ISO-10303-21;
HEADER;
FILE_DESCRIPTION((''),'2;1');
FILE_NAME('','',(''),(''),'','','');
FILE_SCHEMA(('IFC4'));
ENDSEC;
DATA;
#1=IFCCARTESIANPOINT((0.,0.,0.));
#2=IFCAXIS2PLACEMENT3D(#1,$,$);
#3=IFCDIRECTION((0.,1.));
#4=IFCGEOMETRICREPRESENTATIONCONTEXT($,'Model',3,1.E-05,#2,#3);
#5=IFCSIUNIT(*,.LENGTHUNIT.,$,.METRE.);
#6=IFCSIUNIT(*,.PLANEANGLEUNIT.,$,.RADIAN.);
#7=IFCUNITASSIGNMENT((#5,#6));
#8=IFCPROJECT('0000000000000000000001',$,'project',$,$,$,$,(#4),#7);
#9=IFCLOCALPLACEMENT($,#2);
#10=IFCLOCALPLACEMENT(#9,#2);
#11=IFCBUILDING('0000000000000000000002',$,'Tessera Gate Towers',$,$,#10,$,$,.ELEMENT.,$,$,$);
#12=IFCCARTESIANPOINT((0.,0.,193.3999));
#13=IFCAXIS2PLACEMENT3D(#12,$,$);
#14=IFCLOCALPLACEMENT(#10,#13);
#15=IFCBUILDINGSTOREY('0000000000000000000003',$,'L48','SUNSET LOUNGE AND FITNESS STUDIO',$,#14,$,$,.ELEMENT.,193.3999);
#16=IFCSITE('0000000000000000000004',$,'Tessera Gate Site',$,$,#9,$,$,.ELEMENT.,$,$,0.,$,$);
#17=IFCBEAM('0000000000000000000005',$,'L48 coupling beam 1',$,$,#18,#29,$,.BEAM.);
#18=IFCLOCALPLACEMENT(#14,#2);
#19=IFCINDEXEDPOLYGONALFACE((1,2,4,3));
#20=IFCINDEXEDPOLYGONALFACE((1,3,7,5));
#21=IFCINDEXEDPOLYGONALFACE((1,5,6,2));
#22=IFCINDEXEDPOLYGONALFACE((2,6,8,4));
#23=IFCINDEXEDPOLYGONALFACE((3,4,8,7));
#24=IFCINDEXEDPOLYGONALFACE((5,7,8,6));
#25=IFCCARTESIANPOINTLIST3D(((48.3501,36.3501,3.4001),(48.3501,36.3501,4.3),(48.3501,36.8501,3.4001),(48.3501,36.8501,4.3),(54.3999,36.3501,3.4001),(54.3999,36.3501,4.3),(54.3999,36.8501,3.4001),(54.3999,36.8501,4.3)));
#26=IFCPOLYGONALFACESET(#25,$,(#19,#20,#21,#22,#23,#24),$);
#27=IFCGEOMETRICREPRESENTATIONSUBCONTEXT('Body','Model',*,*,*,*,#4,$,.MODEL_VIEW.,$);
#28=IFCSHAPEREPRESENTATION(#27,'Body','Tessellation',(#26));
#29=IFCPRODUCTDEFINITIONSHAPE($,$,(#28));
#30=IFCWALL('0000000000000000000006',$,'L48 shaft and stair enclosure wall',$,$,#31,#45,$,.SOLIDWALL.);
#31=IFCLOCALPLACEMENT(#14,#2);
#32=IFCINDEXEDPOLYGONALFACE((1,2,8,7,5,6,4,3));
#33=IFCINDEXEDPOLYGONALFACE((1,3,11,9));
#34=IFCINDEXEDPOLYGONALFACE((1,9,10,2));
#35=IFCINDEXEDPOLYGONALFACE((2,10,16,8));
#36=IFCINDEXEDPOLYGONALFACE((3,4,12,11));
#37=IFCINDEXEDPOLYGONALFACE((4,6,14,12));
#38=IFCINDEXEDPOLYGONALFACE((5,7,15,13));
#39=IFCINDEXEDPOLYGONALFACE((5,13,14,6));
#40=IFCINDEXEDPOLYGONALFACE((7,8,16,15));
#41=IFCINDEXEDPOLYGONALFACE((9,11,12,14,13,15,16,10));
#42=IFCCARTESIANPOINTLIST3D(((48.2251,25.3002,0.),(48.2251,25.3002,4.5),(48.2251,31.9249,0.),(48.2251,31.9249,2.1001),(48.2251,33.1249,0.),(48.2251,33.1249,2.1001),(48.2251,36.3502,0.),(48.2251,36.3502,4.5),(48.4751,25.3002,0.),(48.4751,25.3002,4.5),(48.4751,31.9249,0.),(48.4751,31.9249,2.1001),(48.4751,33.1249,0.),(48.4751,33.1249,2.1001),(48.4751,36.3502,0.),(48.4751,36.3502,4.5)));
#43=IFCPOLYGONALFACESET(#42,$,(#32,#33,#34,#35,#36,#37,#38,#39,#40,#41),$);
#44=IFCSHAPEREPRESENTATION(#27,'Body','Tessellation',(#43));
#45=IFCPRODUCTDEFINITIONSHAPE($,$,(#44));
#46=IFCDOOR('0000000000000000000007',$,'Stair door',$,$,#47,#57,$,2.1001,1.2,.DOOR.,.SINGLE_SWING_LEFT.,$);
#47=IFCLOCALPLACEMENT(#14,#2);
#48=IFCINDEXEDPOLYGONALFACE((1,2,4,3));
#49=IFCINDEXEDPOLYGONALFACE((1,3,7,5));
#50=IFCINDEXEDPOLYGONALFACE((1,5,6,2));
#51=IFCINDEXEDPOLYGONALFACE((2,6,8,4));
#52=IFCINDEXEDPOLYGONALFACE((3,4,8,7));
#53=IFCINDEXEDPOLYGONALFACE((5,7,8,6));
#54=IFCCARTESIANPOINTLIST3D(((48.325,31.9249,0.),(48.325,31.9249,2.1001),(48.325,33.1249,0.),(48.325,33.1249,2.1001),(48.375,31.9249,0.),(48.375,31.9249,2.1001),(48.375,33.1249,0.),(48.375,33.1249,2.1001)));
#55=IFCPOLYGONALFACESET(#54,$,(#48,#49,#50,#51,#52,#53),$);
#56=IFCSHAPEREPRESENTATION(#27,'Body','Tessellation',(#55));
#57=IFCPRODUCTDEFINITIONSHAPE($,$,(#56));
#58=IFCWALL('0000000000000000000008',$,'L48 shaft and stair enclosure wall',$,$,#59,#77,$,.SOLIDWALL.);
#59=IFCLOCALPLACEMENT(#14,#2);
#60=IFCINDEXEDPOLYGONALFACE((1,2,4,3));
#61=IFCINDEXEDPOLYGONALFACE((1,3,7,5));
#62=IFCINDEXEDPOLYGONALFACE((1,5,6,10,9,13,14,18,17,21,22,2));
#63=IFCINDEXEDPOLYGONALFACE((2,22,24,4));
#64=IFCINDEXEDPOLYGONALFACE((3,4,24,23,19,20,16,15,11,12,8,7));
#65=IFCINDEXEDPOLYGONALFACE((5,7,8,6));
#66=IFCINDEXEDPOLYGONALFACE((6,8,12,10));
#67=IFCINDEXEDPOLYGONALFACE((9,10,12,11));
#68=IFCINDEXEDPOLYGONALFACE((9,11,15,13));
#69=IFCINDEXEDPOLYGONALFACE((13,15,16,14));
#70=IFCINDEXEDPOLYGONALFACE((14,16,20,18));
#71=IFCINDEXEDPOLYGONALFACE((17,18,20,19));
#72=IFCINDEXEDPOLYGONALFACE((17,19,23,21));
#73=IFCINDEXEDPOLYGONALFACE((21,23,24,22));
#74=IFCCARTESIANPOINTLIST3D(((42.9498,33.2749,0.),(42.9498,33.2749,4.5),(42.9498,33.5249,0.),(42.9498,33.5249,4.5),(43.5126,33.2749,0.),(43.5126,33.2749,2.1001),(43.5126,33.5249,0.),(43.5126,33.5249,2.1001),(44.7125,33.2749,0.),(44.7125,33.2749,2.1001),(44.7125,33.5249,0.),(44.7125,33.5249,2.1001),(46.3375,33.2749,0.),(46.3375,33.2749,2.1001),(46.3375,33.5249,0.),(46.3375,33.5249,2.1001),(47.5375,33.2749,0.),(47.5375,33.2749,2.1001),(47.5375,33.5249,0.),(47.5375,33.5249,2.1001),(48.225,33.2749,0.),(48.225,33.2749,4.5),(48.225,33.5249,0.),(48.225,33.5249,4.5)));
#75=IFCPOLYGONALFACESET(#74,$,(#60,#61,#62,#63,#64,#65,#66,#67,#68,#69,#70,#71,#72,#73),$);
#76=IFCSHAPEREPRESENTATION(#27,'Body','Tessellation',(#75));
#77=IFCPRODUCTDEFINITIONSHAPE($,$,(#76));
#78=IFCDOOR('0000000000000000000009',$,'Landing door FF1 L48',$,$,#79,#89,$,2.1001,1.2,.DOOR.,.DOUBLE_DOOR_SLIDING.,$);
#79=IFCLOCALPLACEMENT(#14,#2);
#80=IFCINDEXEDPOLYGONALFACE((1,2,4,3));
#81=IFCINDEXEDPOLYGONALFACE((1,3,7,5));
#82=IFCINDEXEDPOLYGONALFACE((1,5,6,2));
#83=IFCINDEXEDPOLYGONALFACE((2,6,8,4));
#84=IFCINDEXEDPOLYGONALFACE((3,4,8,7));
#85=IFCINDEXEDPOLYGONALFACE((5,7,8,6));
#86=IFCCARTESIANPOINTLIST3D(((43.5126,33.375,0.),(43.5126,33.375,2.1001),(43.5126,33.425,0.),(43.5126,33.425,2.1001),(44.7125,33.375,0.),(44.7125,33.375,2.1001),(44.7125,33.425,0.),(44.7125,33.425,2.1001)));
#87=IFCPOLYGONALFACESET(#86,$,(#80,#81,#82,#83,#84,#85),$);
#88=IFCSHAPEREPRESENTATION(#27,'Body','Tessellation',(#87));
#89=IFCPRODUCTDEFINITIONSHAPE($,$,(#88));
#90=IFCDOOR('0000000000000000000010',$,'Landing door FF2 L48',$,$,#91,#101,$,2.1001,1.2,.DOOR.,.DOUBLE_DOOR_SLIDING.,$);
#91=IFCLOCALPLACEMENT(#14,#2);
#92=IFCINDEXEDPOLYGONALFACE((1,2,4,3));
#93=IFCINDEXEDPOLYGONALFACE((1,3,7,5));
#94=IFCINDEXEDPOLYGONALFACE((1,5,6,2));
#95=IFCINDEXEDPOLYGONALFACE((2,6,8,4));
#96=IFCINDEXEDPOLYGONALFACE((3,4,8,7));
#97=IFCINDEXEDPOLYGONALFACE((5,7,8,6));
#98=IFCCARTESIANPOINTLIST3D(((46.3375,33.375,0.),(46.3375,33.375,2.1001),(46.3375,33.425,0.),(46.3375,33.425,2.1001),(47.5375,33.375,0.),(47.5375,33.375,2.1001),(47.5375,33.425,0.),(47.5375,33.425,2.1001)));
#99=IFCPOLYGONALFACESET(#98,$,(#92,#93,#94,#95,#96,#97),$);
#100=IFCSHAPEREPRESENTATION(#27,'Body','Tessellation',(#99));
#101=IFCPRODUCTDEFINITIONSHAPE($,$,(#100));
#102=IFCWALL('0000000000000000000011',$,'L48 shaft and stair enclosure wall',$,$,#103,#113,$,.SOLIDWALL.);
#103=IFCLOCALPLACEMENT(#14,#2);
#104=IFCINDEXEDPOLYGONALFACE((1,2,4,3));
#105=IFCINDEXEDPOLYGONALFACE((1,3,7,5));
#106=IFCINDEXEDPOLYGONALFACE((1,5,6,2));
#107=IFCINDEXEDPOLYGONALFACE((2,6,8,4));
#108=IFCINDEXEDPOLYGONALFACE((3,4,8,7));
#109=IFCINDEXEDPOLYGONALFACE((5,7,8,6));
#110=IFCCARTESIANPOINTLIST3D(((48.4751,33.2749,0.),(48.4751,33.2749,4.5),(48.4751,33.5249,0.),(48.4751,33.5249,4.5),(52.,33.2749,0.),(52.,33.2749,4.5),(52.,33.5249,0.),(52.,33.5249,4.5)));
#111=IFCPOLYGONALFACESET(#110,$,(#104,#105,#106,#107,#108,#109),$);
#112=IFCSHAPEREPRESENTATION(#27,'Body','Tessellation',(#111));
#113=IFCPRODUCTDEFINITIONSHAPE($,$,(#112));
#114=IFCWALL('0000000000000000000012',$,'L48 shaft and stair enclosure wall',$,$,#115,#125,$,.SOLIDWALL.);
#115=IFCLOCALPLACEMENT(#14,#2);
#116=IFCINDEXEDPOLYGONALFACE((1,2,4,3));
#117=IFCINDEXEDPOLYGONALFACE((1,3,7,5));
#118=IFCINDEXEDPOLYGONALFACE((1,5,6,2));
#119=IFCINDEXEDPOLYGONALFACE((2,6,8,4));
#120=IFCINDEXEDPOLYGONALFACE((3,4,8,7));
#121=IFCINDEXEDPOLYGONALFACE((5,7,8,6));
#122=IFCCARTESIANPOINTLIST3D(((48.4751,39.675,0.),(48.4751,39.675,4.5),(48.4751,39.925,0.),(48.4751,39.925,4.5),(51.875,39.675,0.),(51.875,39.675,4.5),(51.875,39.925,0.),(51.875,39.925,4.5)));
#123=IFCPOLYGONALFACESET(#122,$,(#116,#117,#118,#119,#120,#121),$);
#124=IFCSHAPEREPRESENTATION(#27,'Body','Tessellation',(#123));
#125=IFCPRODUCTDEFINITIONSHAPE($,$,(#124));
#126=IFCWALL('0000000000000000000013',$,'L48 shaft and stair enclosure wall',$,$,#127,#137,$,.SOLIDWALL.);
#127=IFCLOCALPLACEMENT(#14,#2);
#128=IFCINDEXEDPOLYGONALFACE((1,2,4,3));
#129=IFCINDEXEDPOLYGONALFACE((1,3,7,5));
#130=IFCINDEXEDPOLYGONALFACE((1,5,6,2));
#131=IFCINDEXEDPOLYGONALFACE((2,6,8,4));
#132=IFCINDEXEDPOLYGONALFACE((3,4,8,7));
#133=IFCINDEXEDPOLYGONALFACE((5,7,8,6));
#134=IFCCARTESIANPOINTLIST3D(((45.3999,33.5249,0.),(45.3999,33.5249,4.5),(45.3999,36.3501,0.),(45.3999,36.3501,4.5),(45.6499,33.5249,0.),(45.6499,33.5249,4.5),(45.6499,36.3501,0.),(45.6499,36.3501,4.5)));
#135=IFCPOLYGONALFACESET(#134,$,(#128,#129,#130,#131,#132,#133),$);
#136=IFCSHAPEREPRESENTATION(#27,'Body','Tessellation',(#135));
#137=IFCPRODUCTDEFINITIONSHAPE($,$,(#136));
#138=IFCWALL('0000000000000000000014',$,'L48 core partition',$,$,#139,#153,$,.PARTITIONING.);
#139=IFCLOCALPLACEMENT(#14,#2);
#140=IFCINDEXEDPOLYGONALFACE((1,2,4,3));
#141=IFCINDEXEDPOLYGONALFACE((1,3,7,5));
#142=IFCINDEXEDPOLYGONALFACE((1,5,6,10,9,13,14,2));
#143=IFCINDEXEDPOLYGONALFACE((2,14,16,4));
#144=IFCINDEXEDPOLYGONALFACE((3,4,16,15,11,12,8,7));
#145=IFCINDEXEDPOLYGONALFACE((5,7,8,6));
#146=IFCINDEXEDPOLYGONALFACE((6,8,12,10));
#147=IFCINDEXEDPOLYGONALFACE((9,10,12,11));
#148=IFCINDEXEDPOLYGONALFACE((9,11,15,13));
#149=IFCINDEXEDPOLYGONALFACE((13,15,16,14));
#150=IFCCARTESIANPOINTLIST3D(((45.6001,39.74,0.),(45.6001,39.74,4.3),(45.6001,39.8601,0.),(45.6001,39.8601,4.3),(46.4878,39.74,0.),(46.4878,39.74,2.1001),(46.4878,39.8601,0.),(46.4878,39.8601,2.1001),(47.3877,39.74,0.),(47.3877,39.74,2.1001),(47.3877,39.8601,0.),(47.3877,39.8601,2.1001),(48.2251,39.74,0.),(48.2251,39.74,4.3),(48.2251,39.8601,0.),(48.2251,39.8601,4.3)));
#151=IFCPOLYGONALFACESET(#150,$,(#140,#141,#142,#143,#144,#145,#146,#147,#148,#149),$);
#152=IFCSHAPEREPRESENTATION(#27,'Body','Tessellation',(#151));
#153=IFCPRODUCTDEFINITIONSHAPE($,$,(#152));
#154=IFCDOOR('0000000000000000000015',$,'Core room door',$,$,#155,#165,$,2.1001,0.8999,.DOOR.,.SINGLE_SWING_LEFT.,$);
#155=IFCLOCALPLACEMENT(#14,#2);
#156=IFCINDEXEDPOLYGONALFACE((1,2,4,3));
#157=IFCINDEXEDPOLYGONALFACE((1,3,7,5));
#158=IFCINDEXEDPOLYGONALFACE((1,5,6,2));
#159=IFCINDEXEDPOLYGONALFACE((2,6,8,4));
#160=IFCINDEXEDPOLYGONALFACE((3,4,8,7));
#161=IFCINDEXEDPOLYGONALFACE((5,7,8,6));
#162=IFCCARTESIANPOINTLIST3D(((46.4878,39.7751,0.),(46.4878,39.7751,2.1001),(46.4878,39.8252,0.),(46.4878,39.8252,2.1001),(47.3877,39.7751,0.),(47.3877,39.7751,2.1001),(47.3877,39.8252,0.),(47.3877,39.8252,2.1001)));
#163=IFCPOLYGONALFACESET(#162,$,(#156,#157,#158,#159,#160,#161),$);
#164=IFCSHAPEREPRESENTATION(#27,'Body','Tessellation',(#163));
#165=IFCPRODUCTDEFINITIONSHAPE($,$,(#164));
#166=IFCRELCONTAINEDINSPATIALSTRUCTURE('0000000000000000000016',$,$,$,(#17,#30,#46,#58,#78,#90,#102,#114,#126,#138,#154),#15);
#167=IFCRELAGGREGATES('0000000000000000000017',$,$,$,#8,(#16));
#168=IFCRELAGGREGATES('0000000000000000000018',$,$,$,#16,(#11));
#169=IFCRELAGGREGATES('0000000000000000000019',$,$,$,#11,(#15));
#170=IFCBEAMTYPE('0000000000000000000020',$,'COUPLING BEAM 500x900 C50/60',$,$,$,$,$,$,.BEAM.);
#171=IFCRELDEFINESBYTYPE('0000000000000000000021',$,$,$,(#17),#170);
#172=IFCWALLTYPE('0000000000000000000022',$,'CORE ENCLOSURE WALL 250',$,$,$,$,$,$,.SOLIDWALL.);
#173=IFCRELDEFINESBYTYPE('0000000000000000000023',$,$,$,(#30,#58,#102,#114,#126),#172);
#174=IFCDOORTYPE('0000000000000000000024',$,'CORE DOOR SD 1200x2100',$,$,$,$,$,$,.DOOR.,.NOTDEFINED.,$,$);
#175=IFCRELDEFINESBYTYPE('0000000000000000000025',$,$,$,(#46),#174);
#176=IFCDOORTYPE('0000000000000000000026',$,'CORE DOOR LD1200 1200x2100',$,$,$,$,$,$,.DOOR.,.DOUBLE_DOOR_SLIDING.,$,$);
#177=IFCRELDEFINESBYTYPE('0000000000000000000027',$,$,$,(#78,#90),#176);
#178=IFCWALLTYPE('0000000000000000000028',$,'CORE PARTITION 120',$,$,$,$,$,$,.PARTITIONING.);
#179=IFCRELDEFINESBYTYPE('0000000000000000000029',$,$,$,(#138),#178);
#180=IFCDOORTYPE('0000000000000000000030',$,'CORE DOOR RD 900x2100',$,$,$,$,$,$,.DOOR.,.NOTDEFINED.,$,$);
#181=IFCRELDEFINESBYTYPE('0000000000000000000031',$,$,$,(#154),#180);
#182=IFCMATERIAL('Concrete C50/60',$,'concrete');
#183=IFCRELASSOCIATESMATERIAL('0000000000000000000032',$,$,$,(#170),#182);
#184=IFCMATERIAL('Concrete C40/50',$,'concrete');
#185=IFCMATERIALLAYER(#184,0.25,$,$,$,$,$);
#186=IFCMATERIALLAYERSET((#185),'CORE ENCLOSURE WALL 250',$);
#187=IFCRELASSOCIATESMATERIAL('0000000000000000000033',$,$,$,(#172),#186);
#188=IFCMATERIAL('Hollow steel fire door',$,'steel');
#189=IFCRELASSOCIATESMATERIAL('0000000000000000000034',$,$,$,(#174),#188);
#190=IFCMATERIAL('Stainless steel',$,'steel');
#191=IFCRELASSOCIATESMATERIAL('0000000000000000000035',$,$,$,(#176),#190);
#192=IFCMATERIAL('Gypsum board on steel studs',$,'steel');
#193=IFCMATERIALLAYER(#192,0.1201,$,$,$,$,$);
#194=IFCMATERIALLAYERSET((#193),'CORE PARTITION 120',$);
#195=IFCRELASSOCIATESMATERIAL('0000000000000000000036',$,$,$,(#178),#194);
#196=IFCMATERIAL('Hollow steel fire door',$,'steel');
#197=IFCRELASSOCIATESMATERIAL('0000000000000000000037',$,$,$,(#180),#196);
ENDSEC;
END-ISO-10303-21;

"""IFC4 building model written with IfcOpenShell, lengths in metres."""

from ifc_helpers import new_model, si_unit, direction, frame, frame_2d, origin, origin_2d, place, context, subcontext, project, spatial, rectangle, extrude, source, transform, mapped, material, layer, layer_set, material_profile, profile_set, type_object, element, fill, save


model = new_model("IFC4")

# Units and contexts
model_context = context("Model", 3, precision=1e-05, world=origin(), true_north=direction((0.0, 1.0)))
body_context = subcontext(model_context, "Body", "Model", "MODEL_VIEW")
ifc_project = project(units=[si_unit("LENGTHUNIT", "METRE"), si_unit("PLANEANGLEUNIT", "RADIAN")], contexts=[model_context])

# Site, building, storey
site_placement = place(None, origin())
site = spatial("IfcSite", under=ifc_project, at=site_placement, Name="Tessera Gate Site", CompositionType="ELEMENT", RefElevation=0.0)
building_placement = place(site_placement, origin())
building = spatial("IfcBuilding", under=site, at=building_placement, Name="Tessera Gate Towers", CompositionType="ELEMENT")
storey_placement = place(building_placement, frame((0.0, 0.0, 193.3999)))
storey = spatial("IfcBuildingStorey", under=building, at=storey_placement, Name="L48", Description="SUNSET LOUNGE AND FITNESS STUDIO", CompositionType="ELEMENT", Elevation=193.3999)

# Beam
ifc_material_1 = material(Name="Concrete C50/60", Category="concrete")
ifc_material_profile = material_profile(ifc_material_1, rectangle(XDim=0.5, YDim=0.8999, at=origin_2d()), Name="RC 500x900")
ifc_profile_set = profile_set([ifc_material_profile], Name="Concrete C50/60")
beam_type = type_object("IfcBeamType", Name="COUPLING BEAM 500x900 C50/60", PredefinedType="BEAM", material=ifc_profile_set)
beam_placement = place(storey_placement, frame((48.3501, 36.6001, 3.8501), z_axis=(1.0, 0.0, 0.0), x_axis=(0.0, 1.0, 0.0)))
element("IfcBeam", 1, at=beam_placement, inside=storey, type_object=beam_type, Name="L48 coupling beam 1", PredefinedType="BEAM", context=body_context, shape_type="SweptSolid", body=[
    extrude(rectangle(XDim=0.5, YDim=0.8999, at=origin_2d()), origin(), (0.0, 0.0, 1.0), 6.0498),
])

# Wall, opening, door
ifc_material_2 = material(Name="Concrete C40/50", Category="concrete")
ifc_layer_1 = layer(ifc_material_2, 0.25)
ifc_layer_set_1 = layer_set([ifc_layer_1], Name="CORE ENCLOSURE WALL 250")
wall_type_1 = type_object("IfcWallType", Name="CORE ENCLOSURE WALL 250", PredefinedType="SOLIDWALL", material=ifc_layer_set_1)
wall_1_placement = place(storey_placement, frame((48.3501, 36.3501, 0.0), z_axis=(0.0, 0.0, 1.0), x_axis=(0.0, -1.0, 0.0)))
wall_1 = element("IfcWall", 2, at=wall_1_placement, inside=storey, type_object=wall_type_1, Name="L48 shaft and stair enclosure wall", PredefinedType="SOLIDWALL", context=body_context, shape_type="SweptSolid", body=[
    extrude(rectangle(XDim=11.05, YDim=0.25, at=frame_2d((5.5249, 0.0))), origin(), (0.0, 0.0, 1.0), 4.5),
])
shared_shape_1 = source(origin(), body_context, "Body", "SweptSolid", [
    extrude(rectangle(XDim=1.2, YDim=2.1001, at=frame_2d((0.6001, 1.05))), frame((0.0, 0.135, 0.0), z_axis=(0.0, -1.0, 0.0), x_axis=(1.0, 0.0, 0.0)), (0.0, 0.0, 1.0), 0.27),
])
opening_1_placement = place(wall_1_placement, frame((3.2251, 0.0, 0.0)))
opening_1 = element("IfcOpeningElement", 3, at=opening_1_placement, cuts=wall_1, PredefinedType="OPENING", context=body_context, shape_type="MappedRepresentation", body=[
    mapped(shared_shape_1, transform((0.0, 0.0, 0.0), scale=1.0)),
])
ifc_material_3 = material(Name="Hollow steel fire door", Category="steel")
door_type_1 = type_object("IfcDoorType", Name="CORE DOOR SD 1200x2100", OperationType="NOTDEFINED", PredefinedType="DOOR", material=ifc_material_3)
shared_shape_2 = source(origin(), body_context, "Body", "SweptSolid", [
    extrude(rectangle(XDim=1.2, YDim=2.1001, at=frame_2d((0.6001, 1.05))), frame((0.0, 0.0249, 0.0), z_axis=(0.0, -1.0, 0.0), x_axis=(1.0, 0.0, 0.0)), (0.0, 0.0, 1.0), 0.05),
])
door_1_placement = place(opening_1_placement, origin())
door_1 = element("IfcDoor", 4, at=door_1_placement, inside=storey, type_object=door_type_1, Name="Stair door", OperationType="SINGLE_SWING_LEFT", OverallHeight=2.1001, OverallWidth=1.2, PredefinedType="DOOR", context=body_context, shape_type="MappedRepresentation", body=[
    mapped(shared_shape_2, transform((0.0, 0.0, 0.0), scale=1.0)),
])
fill(opening_1, door_1)

# Wall, openings, doors
wall_2_placement = place(storey_placement, frame((48.2251, 33.3999, 0.0), z_axis=(0.0, 0.0, 1.0), x_axis=(-1.0, 0.0, 0.0)))
wall_2 = element("IfcWall", 5, at=wall_2_placement, inside=storey, type_object=wall_type_1, Name="L48 shaft and stair enclosure wall", PredefinedType="SOLIDWALL", context=body_context, shape_type="SweptSolid", body=[
    extrude(rectangle(XDim=5.2751, YDim=0.25, at=frame_2d((2.6377, 0.0))), origin(), (0.0, 0.0, 1.0), 4.5),
])
opening_2_placement = place(wall_2_placement, frame((3.5125, 0.0, 0.0)))
opening_2 = element("IfcOpeningElement", 6, at=opening_2_placement, cuts=wall_2, PredefinedType="OPENING", context=body_context, shape_type="MappedRepresentation", body=[
    mapped(shared_shape_1, transform((0.0, 0.0, 0.0), scale=1.0)),
])
opening_3_placement = place(wall_2_placement, frame((0.6875, 0.0, 0.0)))
opening_3 = element("IfcOpeningElement", 7, at=opening_3_placement, cuts=wall_2, PredefinedType="OPENING", context=body_context, shape_type="MappedRepresentation", body=[
    mapped(shared_shape_1, transform((0.0, 0.0, 0.0), scale=1.0)),
])
ifc_material_4 = material(Name="Stainless steel", Category="steel")
door_type_2 = type_object("IfcDoorType", Name="CORE DOOR LD1200 1200x2100", OperationType="DOUBLE_DOOR_SLIDING", PredefinedType="DOOR", material=ifc_material_4)
door_2_placement = place(opening_2_placement, origin())
door_2 = element("IfcDoor", 8, at=door_2_placement, inside=storey, type_object=door_type_2, Name="Landing door FF1 L48", OperationType="DOUBLE_DOOR_SLIDING", OverallHeight=2.1001, OverallWidth=1.2, PredefinedType="DOOR", context=body_context, shape_type="MappedRepresentation", body=[
    mapped(shared_shape_2, transform((0.0, 0.0, 0.0), scale=1.0)),
])
fill(opening_2, door_2)
door_3_placement = place(opening_3_placement, origin())
door_3 = element("IfcDoor", 9, at=door_3_placement, inside=storey, type_object=door_type_2, Name="Landing door FF2 L48", OperationType="DOUBLE_DOOR_SLIDING", OverallHeight=2.1001, OverallWidth=1.2, PredefinedType="DOOR", context=body_context, shape_type="MappedRepresentation", body=[
    mapped(shared_shape_2, transform((0.0, 0.0, 0.0), scale=1.0)),
])
fill(opening_3, door_3)

# Walls
wall_3_placement = place(storey_placement, frame((48.4751, 33.3999, 0.0), z_axis=(0.0, 0.0, 1.0), x_axis=(1.0, 0.0, 0.0)))
element("IfcWall", 10, at=wall_3_placement, inside=storey, type_object=wall_type_1, Name="L48 shaft and stair enclosure wall", PredefinedType="SOLIDWALL", context=body_context, shape_type="SweptSolid", body=[
    extrude(rectangle(XDim=3.5249, YDim=0.25, at=frame_2d((1.7625, 0.0))), origin(), (0.0, 0.0, 1.0), 4.5),
])
wall_4_placement = place(storey_placement, frame((48.4751, 39.8, 0.0), z_axis=(0.0, 0.0, 1.0), x_axis=(1.0, 0.0, 0.0)))
element("IfcWall", 11, at=wall_4_placement, inside=storey, type_object=wall_type_1, Name="L48 shaft and stair enclosure wall", PredefinedType="SOLIDWALL", context=body_context, shape_type="SweptSolid", body=[
    extrude(rectangle(XDim=3.3999, YDim=0.25, at=frame_2d((1.7, 0.0))), origin(), (0.0, 0.0, 1.0), 4.5),
])
wall_5_placement = place(storey_placement, frame((45.5249, 33.5249, 0.0), z_axis=(0.0, 0.0, 1.0), x_axis=(0.0, 1.0, 0.0)))
element("IfcWall", 12, at=wall_5_placement, inside=storey, type_object=wall_type_1, Name="L48 shaft and stair enclosure wall", PredefinedType="SOLIDWALL", context=body_context, shape_type="SweptSolid", body=[
    extrude(rectangle(XDim=2.8252, YDim=0.25, at=frame_2d((1.4126, 0.0))), origin(), (0.0, 0.0, 1.0), 4.5),
])

# Wall, opening, door
ifc_material_5 = material(Name="Gypsum board on steel studs", Category="steel")
ifc_layer_2 = layer(ifc_material_5, 0.1201)
ifc_layer_set_2 = layer_set([ifc_layer_2], Name="CORE PARTITION 120")
wall_type_2 = type_object("IfcWallType", Name="CORE PARTITION 120", PredefinedType="PARTITIONING", material=ifc_layer_set_2)
wall_6_placement = place(storey_placement, frame((48.2251, 39.8, 0.0), z_axis=(0.0, 0.0, 1.0), x_axis=(-1.0, 0.0, 0.0)))
wall_6 = element("IfcWall", 13, at=wall_6_placement, inside=storey, type_object=wall_type_2, Name="L48 core partition", PredefinedType="PARTITIONING", context=body_context, shape_type="SweptSolid", body=[
    extrude(rectangle(XDim=2.625, YDim=0.1201, at=frame_2d((1.3125, 0.0))), origin(), (0.0, 0.0, 1.0), 4.3),
])
shared_shape_3 = source(origin(), body_context, "Body", "SweptSolid", [
    extrude(rectangle(XDim=0.8999, YDim=2.1001, at=frame_2d((0.45, 1.05))), frame((0.0, 0.0701, 0.0), z_axis=(0.0, -1.0, 0.0), x_axis=(1.0, 0.0, 0.0)), (0.0, 0.0, 1.0), 0.1401),
])
opening_4_placement = place(wall_6_placement, frame((0.8374, 0.0, 0.0)))
opening_4 = element("IfcOpeningElement", 14, at=opening_4_placement, cuts=wall_6, PredefinedType="OPENING", context=body_context, shape_type="MappedRepresentation", body=[
    mapped(shared_shape_3, transform((0.0, 0.0, 0.0), scale=1.0)),
])
ifc_material_6 = material(Name="Hollow steel fire door", Category="steel")
door_type_3 = type_object("IfcDoorType", Name="CORE DOOR RD 900x2100", OperationType="NOTDEFINED", PredefinedType="DOOR", material=ifc_material_6)
shared_shape_4 = source(origin(), body_context, "Body", "SweptSolid", [
    extrude(rectangle(XDim=0.8999, YDim=2.1001, at=frame_2d((0.45, 1.05))), frame((0.0, 0.0249, 0.0), z_axis=(0.0, -1.0, 0.0), x_axis=(1.0, 0.0, 0.0)), (0.0, 0.0, 1.0), 0.05),
])
door_4_placement = place(opening_4_placement, origin())
door_4 = element("IfcDoor", 15, at=door_4_placement, inside=storey, type_object=door_type_3, Name="Core room door", OperationType="SINGLE_SWING_LEFT", OverallHeight=2.1001, OverallWidth=0.8999, PredefinedType="DOOR", context=body_context, shape_type="MappedRepresentation", body=[
    mapped(shared_shape_4, transform((0.0, 0.0, 0.0), scale=1.0)),
])
fill(opening_4, door_4)

save(model, "model.ifc")
